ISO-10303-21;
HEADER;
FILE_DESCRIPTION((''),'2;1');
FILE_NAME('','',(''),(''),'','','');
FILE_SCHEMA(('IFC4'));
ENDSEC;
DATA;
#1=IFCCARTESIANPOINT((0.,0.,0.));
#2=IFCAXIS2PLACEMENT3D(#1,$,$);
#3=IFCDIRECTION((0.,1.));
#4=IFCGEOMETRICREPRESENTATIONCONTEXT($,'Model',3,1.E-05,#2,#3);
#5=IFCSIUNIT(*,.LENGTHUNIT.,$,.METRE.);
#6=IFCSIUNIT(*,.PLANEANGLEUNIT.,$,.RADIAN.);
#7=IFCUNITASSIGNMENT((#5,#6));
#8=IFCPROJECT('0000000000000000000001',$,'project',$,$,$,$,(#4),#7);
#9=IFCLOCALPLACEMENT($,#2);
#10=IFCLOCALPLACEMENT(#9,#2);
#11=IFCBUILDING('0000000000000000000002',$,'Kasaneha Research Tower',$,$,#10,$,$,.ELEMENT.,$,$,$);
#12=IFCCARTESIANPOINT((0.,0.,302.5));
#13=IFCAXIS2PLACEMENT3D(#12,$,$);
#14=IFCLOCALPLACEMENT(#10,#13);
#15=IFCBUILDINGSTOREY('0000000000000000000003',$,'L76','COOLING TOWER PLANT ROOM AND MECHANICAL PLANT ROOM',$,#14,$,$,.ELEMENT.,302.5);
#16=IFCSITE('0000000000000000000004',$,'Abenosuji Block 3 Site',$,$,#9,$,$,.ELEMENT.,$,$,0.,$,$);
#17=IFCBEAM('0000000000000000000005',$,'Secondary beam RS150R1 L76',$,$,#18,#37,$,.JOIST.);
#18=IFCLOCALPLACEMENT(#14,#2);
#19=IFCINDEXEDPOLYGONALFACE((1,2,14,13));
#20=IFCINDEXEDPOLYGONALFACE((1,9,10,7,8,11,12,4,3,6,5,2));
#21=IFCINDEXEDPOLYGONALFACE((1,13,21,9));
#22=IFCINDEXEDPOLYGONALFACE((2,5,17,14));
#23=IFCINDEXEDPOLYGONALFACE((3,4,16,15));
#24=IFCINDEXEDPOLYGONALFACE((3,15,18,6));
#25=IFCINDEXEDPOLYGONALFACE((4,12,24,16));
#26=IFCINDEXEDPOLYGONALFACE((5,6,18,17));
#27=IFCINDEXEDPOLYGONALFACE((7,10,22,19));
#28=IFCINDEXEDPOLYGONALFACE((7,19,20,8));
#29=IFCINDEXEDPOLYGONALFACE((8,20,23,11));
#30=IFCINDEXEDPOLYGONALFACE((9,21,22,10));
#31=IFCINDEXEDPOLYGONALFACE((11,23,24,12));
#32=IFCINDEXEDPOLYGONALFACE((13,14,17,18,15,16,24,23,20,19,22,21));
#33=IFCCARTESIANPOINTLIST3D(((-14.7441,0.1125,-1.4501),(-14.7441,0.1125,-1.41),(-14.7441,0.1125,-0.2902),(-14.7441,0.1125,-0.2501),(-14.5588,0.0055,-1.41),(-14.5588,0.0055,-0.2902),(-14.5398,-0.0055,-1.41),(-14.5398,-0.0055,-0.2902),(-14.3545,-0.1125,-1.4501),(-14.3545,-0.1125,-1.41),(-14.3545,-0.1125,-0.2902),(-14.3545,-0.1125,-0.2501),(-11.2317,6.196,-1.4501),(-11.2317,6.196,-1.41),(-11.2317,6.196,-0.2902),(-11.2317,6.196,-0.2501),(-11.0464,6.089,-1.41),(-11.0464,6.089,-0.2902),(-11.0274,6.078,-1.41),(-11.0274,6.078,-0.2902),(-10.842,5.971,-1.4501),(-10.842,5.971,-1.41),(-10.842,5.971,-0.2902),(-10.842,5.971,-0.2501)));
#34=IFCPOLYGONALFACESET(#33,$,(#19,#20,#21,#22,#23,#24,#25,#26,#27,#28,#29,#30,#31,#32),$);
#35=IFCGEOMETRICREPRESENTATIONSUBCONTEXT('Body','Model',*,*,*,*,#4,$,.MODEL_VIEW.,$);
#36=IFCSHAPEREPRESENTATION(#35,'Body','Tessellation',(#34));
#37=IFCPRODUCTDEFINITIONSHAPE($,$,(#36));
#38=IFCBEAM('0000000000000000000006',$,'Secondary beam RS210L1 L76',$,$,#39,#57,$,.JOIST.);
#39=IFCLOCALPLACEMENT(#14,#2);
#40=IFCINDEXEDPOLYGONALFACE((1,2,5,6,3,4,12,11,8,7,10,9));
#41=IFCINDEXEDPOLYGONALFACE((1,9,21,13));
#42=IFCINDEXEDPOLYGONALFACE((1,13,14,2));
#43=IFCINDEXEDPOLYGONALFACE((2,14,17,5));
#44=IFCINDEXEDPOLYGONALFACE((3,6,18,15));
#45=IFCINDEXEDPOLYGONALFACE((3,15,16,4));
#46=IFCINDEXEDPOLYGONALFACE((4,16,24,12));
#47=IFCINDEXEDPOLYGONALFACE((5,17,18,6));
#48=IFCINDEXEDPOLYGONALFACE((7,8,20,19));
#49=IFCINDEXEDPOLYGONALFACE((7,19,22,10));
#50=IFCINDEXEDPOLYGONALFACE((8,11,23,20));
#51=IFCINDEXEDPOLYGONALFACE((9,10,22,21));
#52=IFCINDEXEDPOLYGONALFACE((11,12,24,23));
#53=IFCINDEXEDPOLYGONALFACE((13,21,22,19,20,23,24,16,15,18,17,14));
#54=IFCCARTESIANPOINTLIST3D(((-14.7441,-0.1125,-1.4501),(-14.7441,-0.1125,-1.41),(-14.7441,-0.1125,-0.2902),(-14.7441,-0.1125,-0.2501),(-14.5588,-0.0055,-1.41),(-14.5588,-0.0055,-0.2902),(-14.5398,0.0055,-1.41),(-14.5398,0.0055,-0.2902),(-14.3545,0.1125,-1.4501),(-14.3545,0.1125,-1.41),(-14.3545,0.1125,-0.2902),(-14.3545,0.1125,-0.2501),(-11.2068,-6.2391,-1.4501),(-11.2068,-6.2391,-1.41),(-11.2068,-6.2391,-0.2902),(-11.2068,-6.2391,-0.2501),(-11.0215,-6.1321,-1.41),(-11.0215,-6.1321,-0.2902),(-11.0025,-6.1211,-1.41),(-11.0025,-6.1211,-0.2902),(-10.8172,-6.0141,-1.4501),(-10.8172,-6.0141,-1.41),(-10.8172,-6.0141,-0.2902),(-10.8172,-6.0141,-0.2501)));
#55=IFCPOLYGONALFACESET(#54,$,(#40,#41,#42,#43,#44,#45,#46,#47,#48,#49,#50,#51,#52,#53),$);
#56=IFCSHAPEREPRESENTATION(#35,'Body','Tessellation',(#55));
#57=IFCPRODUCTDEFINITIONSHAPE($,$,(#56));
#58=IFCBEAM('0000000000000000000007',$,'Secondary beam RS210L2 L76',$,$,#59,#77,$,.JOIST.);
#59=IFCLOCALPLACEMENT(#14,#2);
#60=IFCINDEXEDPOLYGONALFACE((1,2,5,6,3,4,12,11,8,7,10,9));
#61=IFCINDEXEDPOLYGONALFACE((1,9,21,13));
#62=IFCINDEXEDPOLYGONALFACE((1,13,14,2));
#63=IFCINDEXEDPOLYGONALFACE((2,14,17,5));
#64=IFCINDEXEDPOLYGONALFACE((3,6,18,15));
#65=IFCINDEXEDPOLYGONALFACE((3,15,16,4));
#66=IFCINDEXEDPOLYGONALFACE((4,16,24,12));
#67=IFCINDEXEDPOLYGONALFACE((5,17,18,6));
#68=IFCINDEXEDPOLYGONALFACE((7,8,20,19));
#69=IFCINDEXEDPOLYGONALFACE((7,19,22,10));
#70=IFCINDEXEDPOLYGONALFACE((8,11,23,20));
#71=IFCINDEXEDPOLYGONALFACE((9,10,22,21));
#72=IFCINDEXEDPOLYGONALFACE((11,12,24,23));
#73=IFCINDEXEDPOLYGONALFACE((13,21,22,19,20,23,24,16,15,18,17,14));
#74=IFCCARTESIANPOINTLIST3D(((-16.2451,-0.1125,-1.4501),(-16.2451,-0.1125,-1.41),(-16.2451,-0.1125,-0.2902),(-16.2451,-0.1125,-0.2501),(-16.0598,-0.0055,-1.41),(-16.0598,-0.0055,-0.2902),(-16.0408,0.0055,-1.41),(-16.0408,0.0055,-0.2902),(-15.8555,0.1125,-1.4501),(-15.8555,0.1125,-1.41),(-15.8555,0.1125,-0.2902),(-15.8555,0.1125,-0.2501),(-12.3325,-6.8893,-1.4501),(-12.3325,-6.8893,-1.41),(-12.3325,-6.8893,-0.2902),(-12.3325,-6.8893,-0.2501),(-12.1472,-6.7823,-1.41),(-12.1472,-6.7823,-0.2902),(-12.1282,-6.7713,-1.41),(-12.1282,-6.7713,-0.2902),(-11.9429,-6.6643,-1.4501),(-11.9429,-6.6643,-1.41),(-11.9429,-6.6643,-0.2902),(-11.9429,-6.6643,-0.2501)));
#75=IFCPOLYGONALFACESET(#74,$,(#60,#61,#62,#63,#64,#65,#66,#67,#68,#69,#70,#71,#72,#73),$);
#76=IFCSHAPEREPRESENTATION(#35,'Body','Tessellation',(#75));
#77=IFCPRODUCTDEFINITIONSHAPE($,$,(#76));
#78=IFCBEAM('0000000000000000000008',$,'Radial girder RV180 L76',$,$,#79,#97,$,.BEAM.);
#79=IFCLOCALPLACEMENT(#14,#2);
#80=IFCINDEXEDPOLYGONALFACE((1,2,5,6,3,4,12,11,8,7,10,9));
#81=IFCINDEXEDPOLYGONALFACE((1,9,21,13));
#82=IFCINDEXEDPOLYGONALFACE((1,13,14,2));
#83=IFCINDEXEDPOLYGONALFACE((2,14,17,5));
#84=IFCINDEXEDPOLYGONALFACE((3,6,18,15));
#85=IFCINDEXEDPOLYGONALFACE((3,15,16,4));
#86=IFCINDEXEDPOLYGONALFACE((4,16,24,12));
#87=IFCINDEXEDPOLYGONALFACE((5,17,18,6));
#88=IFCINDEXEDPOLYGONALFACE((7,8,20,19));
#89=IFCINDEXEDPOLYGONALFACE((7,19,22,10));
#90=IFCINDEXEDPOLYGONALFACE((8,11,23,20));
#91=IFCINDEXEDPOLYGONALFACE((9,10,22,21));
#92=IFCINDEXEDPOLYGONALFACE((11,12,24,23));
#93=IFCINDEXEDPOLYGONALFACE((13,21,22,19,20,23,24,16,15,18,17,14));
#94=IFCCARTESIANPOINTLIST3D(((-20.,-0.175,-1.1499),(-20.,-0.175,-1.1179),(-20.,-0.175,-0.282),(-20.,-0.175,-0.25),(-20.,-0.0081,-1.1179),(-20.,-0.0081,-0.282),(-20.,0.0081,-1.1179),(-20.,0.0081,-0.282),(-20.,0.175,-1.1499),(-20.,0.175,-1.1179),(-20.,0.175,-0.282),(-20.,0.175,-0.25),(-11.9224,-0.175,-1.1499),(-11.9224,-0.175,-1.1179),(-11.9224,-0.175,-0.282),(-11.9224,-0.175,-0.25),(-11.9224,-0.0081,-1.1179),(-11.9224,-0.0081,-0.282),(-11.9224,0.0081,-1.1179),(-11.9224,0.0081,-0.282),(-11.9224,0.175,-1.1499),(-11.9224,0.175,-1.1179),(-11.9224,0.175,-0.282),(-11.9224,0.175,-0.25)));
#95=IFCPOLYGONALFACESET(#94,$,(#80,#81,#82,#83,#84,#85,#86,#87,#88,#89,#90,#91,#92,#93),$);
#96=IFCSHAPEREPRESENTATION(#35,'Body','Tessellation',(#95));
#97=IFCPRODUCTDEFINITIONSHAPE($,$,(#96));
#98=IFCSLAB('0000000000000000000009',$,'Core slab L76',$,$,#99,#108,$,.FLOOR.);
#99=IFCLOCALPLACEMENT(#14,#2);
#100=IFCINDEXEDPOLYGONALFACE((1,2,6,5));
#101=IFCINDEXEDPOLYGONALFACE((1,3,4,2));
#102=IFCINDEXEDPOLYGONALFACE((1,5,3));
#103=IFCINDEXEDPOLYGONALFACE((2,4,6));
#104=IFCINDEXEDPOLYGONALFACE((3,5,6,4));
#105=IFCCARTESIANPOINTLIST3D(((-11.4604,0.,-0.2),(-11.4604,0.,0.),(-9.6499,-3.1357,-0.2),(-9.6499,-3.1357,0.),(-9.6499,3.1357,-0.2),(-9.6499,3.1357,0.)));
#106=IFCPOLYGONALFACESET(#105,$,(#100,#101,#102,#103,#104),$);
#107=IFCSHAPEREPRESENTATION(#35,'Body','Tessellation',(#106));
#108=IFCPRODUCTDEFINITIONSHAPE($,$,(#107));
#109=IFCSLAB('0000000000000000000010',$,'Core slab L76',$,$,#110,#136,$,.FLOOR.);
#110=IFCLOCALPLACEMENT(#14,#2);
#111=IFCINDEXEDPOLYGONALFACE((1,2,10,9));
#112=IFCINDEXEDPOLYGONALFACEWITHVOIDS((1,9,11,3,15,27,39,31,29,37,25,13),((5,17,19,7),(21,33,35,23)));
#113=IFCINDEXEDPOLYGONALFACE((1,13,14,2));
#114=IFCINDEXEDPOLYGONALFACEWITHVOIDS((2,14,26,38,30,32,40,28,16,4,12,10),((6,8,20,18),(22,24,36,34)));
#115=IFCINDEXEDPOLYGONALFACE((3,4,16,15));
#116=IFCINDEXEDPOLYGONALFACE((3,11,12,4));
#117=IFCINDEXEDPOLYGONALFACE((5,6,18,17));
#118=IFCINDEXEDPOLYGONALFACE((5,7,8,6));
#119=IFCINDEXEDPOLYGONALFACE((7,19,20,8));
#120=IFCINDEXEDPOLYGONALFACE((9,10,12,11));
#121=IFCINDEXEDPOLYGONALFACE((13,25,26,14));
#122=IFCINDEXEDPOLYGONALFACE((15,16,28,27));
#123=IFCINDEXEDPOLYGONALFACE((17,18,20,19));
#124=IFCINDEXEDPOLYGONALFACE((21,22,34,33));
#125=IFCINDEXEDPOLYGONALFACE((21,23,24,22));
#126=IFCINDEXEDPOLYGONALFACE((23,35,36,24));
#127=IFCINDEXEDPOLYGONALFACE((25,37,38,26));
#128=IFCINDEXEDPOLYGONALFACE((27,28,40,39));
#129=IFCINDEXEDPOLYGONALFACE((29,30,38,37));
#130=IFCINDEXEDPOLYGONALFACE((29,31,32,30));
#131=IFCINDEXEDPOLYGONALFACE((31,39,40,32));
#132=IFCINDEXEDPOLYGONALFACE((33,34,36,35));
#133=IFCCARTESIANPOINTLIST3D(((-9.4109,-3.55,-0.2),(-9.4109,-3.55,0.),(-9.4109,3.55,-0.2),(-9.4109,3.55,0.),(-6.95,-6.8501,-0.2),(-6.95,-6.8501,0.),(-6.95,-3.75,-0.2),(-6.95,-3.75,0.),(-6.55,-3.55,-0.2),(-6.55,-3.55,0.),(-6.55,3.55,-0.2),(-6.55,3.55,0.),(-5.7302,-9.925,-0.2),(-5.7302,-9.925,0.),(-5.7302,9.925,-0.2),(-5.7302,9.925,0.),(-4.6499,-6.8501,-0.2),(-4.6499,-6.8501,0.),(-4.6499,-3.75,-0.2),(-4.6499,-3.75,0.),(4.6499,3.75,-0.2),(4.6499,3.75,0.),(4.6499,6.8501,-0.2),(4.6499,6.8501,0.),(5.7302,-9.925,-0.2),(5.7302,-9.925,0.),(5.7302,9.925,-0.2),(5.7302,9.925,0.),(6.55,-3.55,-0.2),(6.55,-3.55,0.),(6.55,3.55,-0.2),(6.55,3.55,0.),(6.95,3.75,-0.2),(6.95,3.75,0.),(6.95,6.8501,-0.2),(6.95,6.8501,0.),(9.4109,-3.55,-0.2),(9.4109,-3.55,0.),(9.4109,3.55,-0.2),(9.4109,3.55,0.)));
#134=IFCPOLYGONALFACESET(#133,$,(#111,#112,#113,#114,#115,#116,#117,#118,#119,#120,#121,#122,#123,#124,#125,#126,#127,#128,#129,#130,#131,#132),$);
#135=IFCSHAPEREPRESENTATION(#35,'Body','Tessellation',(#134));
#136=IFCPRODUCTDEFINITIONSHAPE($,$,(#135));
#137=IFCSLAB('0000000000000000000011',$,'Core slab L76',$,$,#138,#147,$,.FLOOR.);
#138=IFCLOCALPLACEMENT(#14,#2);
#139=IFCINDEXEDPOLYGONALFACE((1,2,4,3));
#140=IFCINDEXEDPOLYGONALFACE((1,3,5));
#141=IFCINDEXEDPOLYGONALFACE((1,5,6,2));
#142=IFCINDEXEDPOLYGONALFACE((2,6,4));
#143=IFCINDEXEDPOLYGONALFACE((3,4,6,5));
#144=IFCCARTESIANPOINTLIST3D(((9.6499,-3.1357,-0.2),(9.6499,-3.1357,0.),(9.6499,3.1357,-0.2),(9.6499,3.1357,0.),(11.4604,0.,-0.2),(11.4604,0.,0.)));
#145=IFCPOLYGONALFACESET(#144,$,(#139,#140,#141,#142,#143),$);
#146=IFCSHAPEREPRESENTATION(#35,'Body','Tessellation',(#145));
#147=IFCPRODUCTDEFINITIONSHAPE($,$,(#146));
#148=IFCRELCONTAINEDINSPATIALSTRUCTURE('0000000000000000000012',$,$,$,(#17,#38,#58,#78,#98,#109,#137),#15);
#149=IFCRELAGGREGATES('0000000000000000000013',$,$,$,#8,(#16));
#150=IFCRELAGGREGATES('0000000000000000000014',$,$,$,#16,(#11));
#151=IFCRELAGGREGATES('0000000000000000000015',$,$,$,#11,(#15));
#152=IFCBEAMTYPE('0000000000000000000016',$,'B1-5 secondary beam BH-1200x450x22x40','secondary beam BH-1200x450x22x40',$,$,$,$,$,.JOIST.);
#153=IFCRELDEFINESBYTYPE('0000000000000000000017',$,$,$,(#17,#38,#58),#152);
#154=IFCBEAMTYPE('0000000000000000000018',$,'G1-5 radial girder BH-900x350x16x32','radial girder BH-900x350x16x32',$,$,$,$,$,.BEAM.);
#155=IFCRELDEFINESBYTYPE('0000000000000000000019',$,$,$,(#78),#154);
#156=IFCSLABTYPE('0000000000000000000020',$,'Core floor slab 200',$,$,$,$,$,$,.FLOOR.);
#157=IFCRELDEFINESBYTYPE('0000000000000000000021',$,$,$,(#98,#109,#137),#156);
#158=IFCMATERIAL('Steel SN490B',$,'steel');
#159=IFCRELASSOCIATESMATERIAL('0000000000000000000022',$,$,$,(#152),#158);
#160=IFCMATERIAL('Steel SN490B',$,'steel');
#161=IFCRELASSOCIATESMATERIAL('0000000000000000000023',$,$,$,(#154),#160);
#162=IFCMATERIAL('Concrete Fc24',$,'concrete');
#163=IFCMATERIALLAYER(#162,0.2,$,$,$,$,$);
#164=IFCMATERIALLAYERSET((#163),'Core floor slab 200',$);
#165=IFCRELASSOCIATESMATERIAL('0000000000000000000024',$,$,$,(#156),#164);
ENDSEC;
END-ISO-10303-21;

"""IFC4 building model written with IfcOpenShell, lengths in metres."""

from ifc_helpers import new_model, si_unit, direction, frame, origin, origin_2d, place, context, subcontext, project, spatial, polyline, i_section, outline, extrude, material, layer, layer_set, material_profile, profile_set, type_object, element, save


model = new_model("IFC4")

# Units and contexts
model_context = context("Model", 3, precision=1e-05, world=origin(), true_north=direction((0.0, 1.0)))
body_context = subcontext(model_context, "Body", "Model", "MODEL_VIEW")
ifc_project = project(units=[si_unit("LENGTHUNIT", "METRE"), si_unit("PLANEANGLEUNIT", "RADIAN")], contexts=[model_context])

# Site, building, storey
site_placement = place(None, origin())
site = spatial("IfcSite", under=ifc_project, at=site_placement, Name="Abenosuji Block 3 Site", CompositionType="ELEMENT", RefElevation=0.0)
building_placement = place(site_placement, origin())
building = spatial("IfcBuilding", under=site, at=building_placement, Name="Kasaneha Research Tower", CompositionType="ELEMENT")
storey_placement = place(building_placement, frame((0.0, 0.0, 302.5)))
storey = spatial("IfcBuildingStorey", under=building, at=storey_placement, Name="L76", Description="COOLING TOWER PLANT ROOM AND MECHANICAL PLANT ROOM", CompositionType="ELEMENT", Elevation=302.5)

# Beams
ifc_material_1 = material(Name="Steel SN490B", Category="steel")
ifc_material_profile_1 = material_profile(ifc_material_1, i_section(OverallWidth=0.45, OverallDepth=1.2, WebThickness=0.022, FlangeThickness=0.04, at=origin_2d()), Name="BH-1200x450x22x40")
ifc_profile_set_1 = profile_set([ifc_material_profile_1], Name="Steel SN490B")
beam_type_1 = type_object("IfcBeamType", Name="B1-5 secondary beam BH-1200x450x22x40", Description="secondary beam BH-1200x450x22x40", PredefinedType="JOIST", material=ifc_profile_set_1)
beam_1_placement = place(storey_placement, frame((-14.5493, 0.0, -0.8501), z_axis=(0.500015, 0.866017, 0.0), x_axis=(-0.866017, 0.500015, 0.0)))
element("IfcBeam", 1, at=beam_1_placement, inside=storey, type_object=beam_type_1, Name="Secondary beam RS150R1 L76", PredefinedType="JOIST", context=body_context, shape_type="SweptSolid", body=[
    extrude(i_section(OverallWidth=0.45, OverallDepth=1.2, WebThickness=0.022, FlangeThickness=0.04, at=origin_2d()), origin(), (0.0, 0.0, 1.0), 7.0247),
])
beam_2_placement = place(storey_placement, frame((-14.5493, 0.0, -0.8501), z_axis=(0.50001, -0.86602, 0.0), x_axis=(0.86602, 0.50001, 0.0)))
element("IfcBeam", 2, at=beam_2_placement, inside=storey, type_object=beam_type_1, Name="Secondary beam RS210L1 L76", PredefinedType="JOIST", context=body_context, shape_type="SweptSolid", body=[
    extrude(i_section(OverallWidth=0.45, OverallDepth=1.2, WebThickness=0.022, FlangeThickness=0.04, at=origin_2d()), origin(), (0.0, 0.0, 1.0), 7.0745),
])
beam_3_placement = place(storey_placement, frame((-16.0503, 0.0, -0.8501), z_axis=(0.499998, -0.866027, 0.0), x_axis=(0.866027, 0.499998, 0.0)))
element("IfcBeam", 3, at=beam_3_placement, inside=storey, type_object=beam_type_1, Name="Secondary beam RS210L2 L76", PredefinedType="JOIST", context=body_context, shape_type="SweptSolid", body=[
    extrude(i_section(OverallWidth=0.45, OverallDepth=1.2, WebThickness=0.022, FlangeThickness=0.04, at=origin_2d()), origin(), (0.0, 0.0, 1.0), 7.8252),
])
ifc_material_2 = material(Name="Steel SN490B", Category="steel")
ifc_material_profile_2 = material_profile(ifc_material_2, i_section(OverallWidth=0.3501, OverallDepth=0.8999, WebThickness=0.0161, FlangeThickness=0.032, at=origin_2d()), Name="BH-900x350x16x32")
ifc_profile_set_2 = profile_set([ifc_material_profile_2], Name="Steel SN490B")
beam_type_2 = type_object("IfcBeamType", Name="G1-5 radial girder BH-900x350x16x32", Description="radial girder BH-900x350x16x32", PredefinedType="BEAM", material=ifc_profile_set_2)
beam_4_placement = place(storey_placement, frame((-11.9224, 0.0, -0.7), z_axis=(-1.0, 0.0, 0.0), x_axis=(0.0, -1.0, 0.0)))
element("IfcBeam", 4, at=beam_4_placement, inside=storey, type_object=beam_type_2, Name="Radial girder RV180 L76", PredefinedType="BEAM", context=body_context, shape_type="SweptSolid", body=[
    extrude(i_section(OverallWidth=0.3501, OverallDepth=0.8999, WebThickness=0.0161, FlangeThickness=0.032, at=origin_2d()), origin(), (0.0, 0.0, 1.0), 8.0776),
])

# Slabs
ifc_material_3 = material(Name="Concrete Fc24", Category="concrete")
ifc_layer_1 = layer(ifc_material_3, 0.2)
ifc_layer_set_1 = layer_set([ifc_layer_1], Name="Core floor slab 200")
slab_type_1 = type_object("IfcSlabType", Name="Core floor slab 200", PredefinedType="FLOOR", material=ifc_layer_set_1)
slab_1_placement = place(storey_placement, frame((0.0, 0.0, -0.2)))
element("IfcSlab", 5, at=slab_1_placement, inside=storey, type_object=slab_type_1, Name="Core slab L76", PredefinedType="FLOOR", context=body_context, shape_type="SweptSolid", body=[
    extrude(outline(polyline([(-11.4604, 0.0), (-9.6499, 3.1357), (-9.6499, -3.1357), (-11.4604, 0.0)])), origin(), (0.0, 0.0, 1.0), 0.2),
])
slab_2_placement = place(storey_placement, frame((0.0, 0.0, -0.2)))
element("IfcSlab", 6, at=slab_2_placement, inside=storey, type_object=slab_type_1, Name="Core slab L76", PredefinedType="FLOOR", context=body_context, shape_type="SweptSolid", body=[
    extrude(outline(polyline([(-5.7302, 9.925), (5.7302, 9.925), (9.4109, 3.55), (6.55, 3.55), (6.55, -3.55), (9.4109, -3.55), (5.7302, -9.925), (-5.7302, -9.925), (-9.4109, -3.55), (-6.55, -3.55), (-6.55, 3.55), (-9.4109, 3.55), (-5.7302, 9.925)]), holes=[polyline([(-6.95, -6.8501), (-4.6499, -6.8501), (-4.6499, -3.75), (-6.95, -3.75), (-6.95, -6.8501)]), polyline([(4.6499, 3.75), (6.95, 3.75), (6.95, 6.8501), (4.6499, 6.8501), (4.6499, 3.75)])]), origin(), (0.0, 0.0, 1.0), 0.2),
])
slab_3_placement = place(storey_placement, frame((0.0, 0.0, -0.2)))
element("IfcSlab", 7, at=slab_3_placement, inside=storey, type_object=slab_type_1, Name="Core slab L76", PredefinedType="FLOOR", context=body_context, shape_type="SweptSolid", body=[
    extrude(outline(polyline([(11.4604, 0.0), (9.6499, -3.1357), (9.6499, 3.1357), (11.4604, 0.0)])), origin(), (0.0, 0.0, 1.0), 0.2),
])

save(model, "model.ifc")
